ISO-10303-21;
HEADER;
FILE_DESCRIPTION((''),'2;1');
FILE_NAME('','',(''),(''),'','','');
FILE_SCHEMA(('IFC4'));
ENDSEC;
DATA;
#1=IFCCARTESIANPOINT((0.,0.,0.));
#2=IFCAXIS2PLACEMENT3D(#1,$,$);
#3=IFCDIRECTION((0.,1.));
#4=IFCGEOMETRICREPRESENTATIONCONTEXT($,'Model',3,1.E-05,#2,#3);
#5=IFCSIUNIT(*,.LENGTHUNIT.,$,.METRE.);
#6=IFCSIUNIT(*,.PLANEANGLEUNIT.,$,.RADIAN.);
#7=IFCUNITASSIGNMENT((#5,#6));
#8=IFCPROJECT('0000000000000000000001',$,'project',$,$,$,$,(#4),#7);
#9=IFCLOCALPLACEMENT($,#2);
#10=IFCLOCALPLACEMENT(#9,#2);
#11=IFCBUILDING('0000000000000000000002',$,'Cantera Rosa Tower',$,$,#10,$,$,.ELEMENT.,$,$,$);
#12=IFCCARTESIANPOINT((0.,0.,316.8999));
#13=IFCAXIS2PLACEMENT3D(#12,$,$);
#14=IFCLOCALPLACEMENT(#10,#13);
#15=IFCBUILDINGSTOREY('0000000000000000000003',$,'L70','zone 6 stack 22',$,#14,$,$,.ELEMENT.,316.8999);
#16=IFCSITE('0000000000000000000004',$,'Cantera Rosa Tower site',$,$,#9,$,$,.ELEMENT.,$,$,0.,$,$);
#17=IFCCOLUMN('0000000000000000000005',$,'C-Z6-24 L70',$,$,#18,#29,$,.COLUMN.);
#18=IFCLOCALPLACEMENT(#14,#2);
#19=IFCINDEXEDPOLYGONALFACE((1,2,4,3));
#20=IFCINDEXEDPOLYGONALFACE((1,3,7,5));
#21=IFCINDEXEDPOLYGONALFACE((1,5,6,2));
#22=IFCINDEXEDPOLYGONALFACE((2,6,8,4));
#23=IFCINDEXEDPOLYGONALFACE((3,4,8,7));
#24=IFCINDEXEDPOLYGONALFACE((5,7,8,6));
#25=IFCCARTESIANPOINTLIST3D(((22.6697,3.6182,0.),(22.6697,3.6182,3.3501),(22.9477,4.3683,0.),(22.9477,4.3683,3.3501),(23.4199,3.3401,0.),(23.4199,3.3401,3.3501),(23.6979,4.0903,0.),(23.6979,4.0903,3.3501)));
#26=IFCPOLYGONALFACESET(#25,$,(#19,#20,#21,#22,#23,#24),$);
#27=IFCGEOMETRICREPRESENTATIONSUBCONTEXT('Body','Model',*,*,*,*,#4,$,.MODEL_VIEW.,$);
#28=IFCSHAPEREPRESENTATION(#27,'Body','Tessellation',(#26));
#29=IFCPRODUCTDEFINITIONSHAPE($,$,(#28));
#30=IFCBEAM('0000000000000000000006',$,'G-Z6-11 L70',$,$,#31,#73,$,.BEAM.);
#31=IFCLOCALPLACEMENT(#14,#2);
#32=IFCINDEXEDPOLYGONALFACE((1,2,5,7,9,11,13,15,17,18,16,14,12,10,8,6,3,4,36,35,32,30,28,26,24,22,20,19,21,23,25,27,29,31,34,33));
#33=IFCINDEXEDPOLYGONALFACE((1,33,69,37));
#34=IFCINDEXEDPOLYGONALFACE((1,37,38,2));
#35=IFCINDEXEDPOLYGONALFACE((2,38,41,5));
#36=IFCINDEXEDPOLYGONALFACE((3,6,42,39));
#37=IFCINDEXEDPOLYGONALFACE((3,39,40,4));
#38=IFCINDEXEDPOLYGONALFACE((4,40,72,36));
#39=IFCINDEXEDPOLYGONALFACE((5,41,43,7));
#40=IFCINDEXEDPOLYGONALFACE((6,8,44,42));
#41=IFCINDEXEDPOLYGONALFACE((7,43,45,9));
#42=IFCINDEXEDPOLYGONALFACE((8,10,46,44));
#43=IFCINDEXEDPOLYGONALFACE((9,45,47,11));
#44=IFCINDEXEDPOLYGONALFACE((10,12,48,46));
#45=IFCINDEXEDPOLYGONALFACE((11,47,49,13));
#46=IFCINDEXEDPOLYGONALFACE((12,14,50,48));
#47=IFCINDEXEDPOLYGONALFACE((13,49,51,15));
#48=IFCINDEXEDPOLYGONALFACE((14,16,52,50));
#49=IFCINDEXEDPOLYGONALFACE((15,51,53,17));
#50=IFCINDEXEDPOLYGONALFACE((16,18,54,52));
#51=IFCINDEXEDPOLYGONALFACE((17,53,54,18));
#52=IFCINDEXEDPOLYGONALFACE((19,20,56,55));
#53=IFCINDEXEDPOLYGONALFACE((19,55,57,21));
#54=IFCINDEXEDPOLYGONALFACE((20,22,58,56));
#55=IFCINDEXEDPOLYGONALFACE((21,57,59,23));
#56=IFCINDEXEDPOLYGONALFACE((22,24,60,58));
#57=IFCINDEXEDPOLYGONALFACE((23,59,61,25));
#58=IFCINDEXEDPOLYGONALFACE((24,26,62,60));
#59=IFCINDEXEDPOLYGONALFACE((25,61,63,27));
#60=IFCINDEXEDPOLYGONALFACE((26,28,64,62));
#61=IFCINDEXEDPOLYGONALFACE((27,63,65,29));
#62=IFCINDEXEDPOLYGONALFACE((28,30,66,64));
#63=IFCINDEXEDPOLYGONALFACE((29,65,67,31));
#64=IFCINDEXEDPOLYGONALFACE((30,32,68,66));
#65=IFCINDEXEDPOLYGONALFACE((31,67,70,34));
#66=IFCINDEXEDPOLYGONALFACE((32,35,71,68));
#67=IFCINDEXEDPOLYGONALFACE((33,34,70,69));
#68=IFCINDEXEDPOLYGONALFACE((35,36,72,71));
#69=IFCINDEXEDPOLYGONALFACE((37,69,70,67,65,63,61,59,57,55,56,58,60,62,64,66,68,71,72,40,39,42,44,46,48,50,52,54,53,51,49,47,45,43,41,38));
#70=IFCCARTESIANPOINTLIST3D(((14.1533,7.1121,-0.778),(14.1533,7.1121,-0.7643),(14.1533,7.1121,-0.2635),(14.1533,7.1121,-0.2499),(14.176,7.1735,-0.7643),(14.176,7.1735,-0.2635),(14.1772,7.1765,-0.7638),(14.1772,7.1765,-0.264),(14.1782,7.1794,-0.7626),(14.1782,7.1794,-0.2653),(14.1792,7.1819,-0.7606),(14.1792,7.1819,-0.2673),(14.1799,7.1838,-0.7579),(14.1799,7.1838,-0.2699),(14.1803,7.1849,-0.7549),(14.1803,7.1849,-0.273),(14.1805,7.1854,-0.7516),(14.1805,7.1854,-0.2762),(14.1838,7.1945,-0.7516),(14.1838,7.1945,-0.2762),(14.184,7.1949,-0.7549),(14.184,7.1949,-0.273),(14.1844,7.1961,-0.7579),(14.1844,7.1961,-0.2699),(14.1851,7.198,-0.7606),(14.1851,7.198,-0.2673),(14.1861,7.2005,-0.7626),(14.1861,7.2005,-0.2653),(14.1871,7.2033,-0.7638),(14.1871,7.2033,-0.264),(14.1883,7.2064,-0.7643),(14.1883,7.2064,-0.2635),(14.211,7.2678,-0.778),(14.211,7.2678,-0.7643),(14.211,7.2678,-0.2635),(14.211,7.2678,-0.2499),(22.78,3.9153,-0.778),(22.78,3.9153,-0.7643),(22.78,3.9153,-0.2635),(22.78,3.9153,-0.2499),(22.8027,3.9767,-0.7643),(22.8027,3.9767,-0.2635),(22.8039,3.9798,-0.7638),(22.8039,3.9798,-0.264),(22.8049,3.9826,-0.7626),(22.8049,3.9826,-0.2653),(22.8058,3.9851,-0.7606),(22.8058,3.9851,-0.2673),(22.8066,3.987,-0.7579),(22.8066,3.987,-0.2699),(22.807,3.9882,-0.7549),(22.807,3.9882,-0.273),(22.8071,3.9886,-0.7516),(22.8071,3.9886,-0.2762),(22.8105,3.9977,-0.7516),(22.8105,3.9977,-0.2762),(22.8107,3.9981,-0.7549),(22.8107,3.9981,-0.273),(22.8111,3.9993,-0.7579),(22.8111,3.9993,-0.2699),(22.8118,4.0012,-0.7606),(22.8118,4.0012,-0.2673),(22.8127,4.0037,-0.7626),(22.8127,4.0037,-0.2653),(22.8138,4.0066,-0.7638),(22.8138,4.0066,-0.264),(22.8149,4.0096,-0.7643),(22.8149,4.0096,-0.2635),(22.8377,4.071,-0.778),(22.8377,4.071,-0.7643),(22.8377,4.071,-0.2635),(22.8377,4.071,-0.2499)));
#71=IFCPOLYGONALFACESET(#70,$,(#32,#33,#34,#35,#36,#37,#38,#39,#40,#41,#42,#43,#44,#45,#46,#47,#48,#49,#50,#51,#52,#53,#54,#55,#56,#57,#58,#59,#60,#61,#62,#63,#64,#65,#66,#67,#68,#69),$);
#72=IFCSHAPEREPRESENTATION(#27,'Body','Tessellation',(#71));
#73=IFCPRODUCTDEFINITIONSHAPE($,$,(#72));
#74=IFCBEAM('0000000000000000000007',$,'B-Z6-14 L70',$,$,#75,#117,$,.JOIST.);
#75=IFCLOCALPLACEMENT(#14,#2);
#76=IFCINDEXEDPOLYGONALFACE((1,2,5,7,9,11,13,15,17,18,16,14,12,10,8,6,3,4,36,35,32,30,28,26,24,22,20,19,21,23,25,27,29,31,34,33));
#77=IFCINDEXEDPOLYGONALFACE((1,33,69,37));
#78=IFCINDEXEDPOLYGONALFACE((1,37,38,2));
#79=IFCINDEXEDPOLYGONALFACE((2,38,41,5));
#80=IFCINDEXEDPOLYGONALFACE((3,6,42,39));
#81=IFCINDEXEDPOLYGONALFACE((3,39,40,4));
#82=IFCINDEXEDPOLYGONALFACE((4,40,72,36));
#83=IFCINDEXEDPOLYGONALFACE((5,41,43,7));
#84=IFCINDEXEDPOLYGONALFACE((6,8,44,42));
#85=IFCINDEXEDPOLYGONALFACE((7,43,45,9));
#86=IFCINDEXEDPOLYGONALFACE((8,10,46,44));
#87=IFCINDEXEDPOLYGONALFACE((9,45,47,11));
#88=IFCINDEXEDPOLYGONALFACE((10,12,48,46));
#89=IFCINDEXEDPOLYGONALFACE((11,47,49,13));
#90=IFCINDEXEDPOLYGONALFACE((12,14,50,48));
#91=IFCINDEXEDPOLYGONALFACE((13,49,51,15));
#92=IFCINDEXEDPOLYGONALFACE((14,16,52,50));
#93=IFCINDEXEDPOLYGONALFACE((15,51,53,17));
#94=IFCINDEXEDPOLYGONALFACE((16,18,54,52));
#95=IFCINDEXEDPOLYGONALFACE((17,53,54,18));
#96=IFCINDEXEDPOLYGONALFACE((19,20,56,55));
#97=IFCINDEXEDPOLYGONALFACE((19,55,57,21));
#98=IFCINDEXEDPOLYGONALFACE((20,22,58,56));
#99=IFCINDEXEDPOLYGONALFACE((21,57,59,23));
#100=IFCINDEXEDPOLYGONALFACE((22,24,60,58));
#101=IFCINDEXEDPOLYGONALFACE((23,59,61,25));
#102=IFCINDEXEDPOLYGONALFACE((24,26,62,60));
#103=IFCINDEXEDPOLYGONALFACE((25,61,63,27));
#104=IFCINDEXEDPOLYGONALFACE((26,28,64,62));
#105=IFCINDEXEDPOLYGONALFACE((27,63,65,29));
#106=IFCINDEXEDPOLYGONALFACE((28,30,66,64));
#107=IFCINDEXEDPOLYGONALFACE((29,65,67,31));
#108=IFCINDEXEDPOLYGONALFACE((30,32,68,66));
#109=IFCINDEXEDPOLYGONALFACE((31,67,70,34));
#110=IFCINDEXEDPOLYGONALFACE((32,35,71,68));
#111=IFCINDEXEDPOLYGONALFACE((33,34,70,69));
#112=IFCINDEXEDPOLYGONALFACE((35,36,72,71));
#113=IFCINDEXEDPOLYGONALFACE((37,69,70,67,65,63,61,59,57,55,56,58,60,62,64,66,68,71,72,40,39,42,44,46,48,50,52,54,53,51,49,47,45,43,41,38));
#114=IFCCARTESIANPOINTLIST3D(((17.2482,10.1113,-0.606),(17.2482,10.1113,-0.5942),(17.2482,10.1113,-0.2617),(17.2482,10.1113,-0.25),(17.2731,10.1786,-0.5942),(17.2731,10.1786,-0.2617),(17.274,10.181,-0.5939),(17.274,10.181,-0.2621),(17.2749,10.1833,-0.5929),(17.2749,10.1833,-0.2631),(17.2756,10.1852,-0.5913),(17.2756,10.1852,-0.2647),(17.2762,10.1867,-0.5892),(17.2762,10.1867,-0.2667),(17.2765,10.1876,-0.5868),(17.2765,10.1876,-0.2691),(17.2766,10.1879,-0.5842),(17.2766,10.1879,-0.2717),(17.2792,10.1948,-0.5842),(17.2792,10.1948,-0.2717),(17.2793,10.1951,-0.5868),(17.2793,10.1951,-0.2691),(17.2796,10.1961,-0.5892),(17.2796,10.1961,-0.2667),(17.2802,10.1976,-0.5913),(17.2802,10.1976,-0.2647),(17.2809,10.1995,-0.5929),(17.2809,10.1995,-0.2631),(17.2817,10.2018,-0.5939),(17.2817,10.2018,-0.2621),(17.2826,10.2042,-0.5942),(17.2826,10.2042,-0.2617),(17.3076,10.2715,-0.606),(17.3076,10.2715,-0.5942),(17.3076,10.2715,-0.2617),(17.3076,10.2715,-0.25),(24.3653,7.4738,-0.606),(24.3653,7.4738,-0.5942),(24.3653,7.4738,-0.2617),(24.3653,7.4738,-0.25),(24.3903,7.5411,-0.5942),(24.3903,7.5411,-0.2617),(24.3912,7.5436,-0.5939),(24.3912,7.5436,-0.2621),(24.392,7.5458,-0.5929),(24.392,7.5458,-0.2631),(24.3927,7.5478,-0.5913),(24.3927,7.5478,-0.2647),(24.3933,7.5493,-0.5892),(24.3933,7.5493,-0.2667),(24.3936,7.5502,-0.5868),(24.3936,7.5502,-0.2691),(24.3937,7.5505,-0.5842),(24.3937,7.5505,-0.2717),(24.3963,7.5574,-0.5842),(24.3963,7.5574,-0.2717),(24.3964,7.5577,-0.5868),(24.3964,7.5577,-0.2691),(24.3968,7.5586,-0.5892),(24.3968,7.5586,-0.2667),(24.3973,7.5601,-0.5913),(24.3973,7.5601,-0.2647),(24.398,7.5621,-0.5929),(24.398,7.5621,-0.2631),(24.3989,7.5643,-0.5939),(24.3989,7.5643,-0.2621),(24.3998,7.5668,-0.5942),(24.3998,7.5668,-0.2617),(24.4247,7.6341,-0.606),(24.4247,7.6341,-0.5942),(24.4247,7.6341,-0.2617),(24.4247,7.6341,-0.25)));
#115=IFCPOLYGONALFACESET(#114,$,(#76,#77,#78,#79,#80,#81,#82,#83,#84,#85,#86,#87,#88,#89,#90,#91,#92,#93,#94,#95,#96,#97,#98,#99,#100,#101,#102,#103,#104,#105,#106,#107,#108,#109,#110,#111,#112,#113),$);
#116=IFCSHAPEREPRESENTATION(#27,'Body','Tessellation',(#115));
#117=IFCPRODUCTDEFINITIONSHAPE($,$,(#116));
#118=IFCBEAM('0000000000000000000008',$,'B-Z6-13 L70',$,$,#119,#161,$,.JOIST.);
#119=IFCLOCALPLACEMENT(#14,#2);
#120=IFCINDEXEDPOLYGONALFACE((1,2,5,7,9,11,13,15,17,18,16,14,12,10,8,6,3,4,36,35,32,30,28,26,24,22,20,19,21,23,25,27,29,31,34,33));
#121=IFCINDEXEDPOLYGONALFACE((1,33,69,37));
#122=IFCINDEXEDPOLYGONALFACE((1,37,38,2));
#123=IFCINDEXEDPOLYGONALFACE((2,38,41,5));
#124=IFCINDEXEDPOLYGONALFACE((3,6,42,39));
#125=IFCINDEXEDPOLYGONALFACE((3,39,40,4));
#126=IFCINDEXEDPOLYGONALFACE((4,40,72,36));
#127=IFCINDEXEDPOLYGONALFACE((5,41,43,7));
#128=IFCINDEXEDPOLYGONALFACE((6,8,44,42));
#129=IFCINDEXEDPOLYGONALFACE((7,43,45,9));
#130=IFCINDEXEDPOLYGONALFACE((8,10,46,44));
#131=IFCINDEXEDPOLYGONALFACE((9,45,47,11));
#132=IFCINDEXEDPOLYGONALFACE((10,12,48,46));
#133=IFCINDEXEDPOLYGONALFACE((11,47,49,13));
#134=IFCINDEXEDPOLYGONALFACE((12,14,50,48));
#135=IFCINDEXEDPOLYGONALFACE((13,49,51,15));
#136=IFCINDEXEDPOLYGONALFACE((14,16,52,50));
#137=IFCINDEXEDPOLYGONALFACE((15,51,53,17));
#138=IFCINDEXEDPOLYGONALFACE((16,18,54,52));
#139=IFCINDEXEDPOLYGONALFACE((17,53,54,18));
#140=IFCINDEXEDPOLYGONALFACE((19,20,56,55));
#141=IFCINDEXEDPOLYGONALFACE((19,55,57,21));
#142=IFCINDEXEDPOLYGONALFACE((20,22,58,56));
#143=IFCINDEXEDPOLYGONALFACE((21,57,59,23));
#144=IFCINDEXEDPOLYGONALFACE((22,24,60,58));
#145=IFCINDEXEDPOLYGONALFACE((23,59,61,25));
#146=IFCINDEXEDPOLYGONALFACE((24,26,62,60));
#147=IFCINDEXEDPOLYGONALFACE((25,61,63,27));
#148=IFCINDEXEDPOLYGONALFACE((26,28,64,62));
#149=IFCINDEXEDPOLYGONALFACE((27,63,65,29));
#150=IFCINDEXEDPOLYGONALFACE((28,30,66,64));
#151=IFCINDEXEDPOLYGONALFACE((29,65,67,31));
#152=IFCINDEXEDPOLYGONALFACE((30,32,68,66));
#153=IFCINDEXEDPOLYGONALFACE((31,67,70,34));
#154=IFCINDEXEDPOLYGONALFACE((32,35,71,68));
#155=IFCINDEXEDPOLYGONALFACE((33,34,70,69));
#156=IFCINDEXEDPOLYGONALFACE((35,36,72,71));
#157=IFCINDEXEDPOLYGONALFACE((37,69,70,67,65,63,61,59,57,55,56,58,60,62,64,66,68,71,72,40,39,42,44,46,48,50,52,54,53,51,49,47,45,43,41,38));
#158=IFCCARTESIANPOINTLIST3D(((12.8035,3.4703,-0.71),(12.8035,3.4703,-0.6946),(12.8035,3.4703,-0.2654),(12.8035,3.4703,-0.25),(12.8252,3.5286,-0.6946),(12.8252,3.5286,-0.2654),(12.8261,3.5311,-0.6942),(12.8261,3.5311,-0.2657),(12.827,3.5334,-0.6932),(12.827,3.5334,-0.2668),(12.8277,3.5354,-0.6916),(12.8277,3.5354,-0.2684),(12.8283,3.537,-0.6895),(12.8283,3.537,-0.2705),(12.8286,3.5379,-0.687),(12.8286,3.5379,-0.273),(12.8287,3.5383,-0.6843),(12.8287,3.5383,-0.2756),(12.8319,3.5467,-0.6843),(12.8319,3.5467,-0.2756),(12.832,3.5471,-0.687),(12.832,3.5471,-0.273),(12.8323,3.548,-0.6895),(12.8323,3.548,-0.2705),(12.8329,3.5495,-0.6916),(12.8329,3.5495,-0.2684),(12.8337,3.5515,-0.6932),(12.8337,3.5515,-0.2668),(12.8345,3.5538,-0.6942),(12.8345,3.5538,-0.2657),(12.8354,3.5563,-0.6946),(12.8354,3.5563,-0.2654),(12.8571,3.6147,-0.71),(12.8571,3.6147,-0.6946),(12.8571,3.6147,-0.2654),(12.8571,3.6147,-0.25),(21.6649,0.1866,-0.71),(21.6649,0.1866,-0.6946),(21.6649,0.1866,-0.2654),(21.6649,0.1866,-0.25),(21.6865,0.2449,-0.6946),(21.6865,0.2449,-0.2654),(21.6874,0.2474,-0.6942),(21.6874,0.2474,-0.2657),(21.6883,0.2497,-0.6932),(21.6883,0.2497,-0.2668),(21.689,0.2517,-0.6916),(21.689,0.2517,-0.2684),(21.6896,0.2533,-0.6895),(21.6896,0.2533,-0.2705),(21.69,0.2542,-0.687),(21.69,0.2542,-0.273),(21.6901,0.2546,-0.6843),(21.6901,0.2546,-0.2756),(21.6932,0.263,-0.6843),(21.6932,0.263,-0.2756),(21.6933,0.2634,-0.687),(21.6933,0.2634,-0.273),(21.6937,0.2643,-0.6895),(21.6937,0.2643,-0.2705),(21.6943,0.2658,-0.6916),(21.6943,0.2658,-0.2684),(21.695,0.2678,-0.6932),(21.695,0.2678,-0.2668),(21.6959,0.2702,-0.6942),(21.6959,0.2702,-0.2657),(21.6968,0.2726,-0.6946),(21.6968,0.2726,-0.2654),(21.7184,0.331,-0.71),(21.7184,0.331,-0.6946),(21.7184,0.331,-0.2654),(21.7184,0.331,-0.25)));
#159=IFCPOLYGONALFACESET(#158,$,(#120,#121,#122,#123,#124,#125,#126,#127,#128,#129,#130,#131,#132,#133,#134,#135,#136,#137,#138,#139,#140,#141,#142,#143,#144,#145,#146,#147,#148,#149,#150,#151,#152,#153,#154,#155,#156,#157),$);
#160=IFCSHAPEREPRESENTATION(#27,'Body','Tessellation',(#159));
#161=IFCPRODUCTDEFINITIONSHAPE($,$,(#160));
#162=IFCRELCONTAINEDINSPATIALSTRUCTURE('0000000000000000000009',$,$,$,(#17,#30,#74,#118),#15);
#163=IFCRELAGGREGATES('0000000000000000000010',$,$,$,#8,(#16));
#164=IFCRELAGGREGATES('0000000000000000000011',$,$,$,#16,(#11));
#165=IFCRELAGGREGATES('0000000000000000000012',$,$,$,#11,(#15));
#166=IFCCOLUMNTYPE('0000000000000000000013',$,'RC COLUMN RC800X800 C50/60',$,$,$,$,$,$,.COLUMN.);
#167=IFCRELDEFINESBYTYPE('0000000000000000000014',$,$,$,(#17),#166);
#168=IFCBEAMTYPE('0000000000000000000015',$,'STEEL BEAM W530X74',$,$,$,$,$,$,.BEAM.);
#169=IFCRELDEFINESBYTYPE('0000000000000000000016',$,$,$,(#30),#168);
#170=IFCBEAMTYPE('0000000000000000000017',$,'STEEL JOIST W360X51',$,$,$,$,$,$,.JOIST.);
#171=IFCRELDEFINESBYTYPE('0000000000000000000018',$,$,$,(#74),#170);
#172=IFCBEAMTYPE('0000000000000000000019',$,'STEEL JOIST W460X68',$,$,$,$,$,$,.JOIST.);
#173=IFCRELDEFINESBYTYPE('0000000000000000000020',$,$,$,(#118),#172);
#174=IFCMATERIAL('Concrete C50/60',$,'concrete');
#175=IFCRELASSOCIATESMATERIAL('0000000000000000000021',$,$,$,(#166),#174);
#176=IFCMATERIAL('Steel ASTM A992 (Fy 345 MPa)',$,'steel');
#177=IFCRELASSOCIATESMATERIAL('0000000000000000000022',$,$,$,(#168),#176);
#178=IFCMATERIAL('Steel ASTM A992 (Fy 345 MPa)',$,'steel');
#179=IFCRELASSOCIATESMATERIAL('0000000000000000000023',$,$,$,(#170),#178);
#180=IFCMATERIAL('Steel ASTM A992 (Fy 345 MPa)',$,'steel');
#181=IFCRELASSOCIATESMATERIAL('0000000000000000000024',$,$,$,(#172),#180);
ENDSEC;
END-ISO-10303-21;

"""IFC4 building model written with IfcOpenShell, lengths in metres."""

from ifc_helpers import new_model, si_unit, direction, frame, origin, origin_2d, place, context, subcontext, project, spatial, rectangle, i_section, extrude, material, material_profile, profile_set, type_object, element, save


model = new_model("IFC4")

# Units and contexts
model_context = context("Model", 3, precision=1e-05, world=origin(), true_north=direction((0.0, 1.0)))
body_context = subcontext(model_context, "Body", "Model", "MODEL_VIEW")
ifc_project = project(units=[si_unit("LENGTHUNIT", "METRE"), si_unit("PLANEANGLEUNIT", "RADIAN")], contexts=[model_context])

# Site, building, storey
site_placement = place(None, origin())
site = spatial("IfcSite", under=ifc_project, at=site_placement, Name="Cantera Rosa Tower site", CompositionType="ELEMENT", RefElevation=0.0)
building_placement = place(site_placement, origin())
building = spatial("IfcBuilding", under=site, at=building_placement, Name="Cantera Rosa Tower", CompositionType="ELEMENT")
storey_placement = place(building_placement, frame((0.0, 0.0, 316.8999)))
storey = spatial("IfcBuildingStorey", under=building, at=storey_placement, Name="L70", Description="zone 6 stack 22", CompositionType="ELEMENT", Elevation=316.8999)

# Column
ifc_material_1 = material(Name="Concrete C50/60", Category="concrete")
ifc_material_profile_1 = material_profile(ifc_material_1, rectangle(XDim=0.8, YDim=0.8, at=origin_2d()), Name="RC COLUMN RC800X800 C50/60")
ifc_profile_set_1 = profile_set([ifc_material_profile_1], Name="Concrete C50/60")
column_type = type_object("IfcColumnType", Name="RC COLUMN RC800X800 C50/60", PredefinedType="COLUMN", material=ifc_profile_set_1)
column_placement = place(storey_placement, frame((23.1838, 3.8542, 0.0), z_axis=(0.0, 0.0, 1.0), x_axis=(0.347481, 0.937687, 0.0)))
element("IfcColumn", 1, at=column_placement, inside=storey, type_object=column_type, Name="C-Z6-24 L70", PredefinedType="COLUMN", context=body_context, shape_type="SweptSolid", body=[
    extrude(rectangle(XDim=0.8, YDim=0.8, at=origin_2d()), origin(), (0.0, 0.0, 1.0), 3.3501),
])

# Beams
ifc_material_2 = material(Name="Steel ASTM A992 (Fy 345 MPa)", Category="steel")
ifc_material_profile_2 = material_profile(ifc_material_2, i_section(OverallWidth=0.166, OverallDepth=0.5281, WebThickness=0.0098, FlangeThickness=0.0137, FilletRadius=0.0127, at=origin_2d()), Name="W530X74")
ifc_profile_set_2 = profile_set([ifc_material_profile_2], Name="Steel ASTM A992 (Fy 345 MPa)")
beam_type_1 = type_object("IfcBeamType", Name="STEEL BEAM W530X74", PredefinedType="BEAM", material=ifc_profile_set_2)
beam_1_placement = place(storey_placement, frame((22.8088, 3.9932, -0.5139), z_axis=(-0.937689, 0.347477, 0.0), x_axis=(-0.347477, -0.937689, 0.0)))
element("IfcBeam", 2, at=beam_1_placement, inside=storey, type_object=beam_type_1, Name="G-Z6-11 L70", PredefinedType="BEAM", context=body_context, shape_type="SweptSolid", body=[
    extrude(i_section(OverallWidth=0.166, OverallDepth=0.5281, WebThickness=0.0098, FlangeThickness=0.0137, FilletRadius=0.0127, at=origin_2d()), origin(), (0.0, 0.0, 1.0), 9.2),
])
ifc_material_3 = material(Name="Steel ASTM A992 (Fy 345 MPa)", Category="steel")
ifc_material_profile_3 = material_profile(ifc_material_3, i_section(OverallWidth=0.1709, OverallDepth=0.356, WebThickness=0.0073, FlangeThickness=0.0117, FilletRadius=0.01, at=origin_2d()), Name="W360X51")
ifc_profile_set_3 = profile_set([ifc_material_profile_3], Name="Steel ASTM A992 (Fy 345 MPa)")
beam_type_2 = type_object("IfcBeamType", Name="STEEL JOIST W360X51", PredefinedType="JOIST", material=ifc_profile_set_3)
beam_2_placement = place(storey_placement, frame((24.395, 7.554, -0.428), z_axis=(-0.937686, 0.347483, 0.0), x_axis=(-0.347483, -0.937686, 0.0)))
element("IfcBeam", 3, at=beam_2_placement, inside=storey, type_object=beam_type_2, Name="B-Z6-14 L70", PredefinedType="JOIST", context=body_context, shape_type="SweptSolid", body=[
    extrude(i_section(OverallWidth=0.1709, OverallDepth=0.356, WebThickness=0.0073, FlangeThickness=0.0117, FilletRadius=0.01, at=origin_2d()), origin(), (0.0, 0.0, 1.0), 7.5901),
])
ifc_material_4 = material(Name="Steel ASTM A992 (Fy 345 MPa)", Category="steel")
ifc_material_profile_4 = material_profile(ifc_material_4, i_section(OverallWidth=0.1541, OverallDepth=0.46, WebThickness=0.009, FlangeThickness=0.0154, FilletRadius=0.0103, at=origin_2d()), Name="W460X68")
ifc_profile_set_4 = profile_set([ifc_material_profile_4], Name="Steel ASTM A992 (Fy 345 MPa)")
beam_type_3 = type_object("IfcBeamType", Name="STEEL JOIST W460X68", PredefinedType="JOIST", material=ifc_profile_set_4)
beam_3_placement = place(storey_placement, frame((21.6917, 0.2588, -0.48), z_axis=(-0.93769, 0.347474, 0.0), x_axis=(-0.347474, -0.93769, 0.0)))
element("IfcBeam", 4, at=beam_3_placement, inside=storey, type_object=beam_type_3, Name="B-Z6-13 L70", PredefinedType="JOIST", context=body_context, shape_type="SweptSolid", body=[
    extrude(i_section(OverallWidth=0.1541, OverallDepth=0.46, WebThickness=0.009, FlangeThickness=0.0154, FilletRadius=0.0103, at=origin_2d()), origin(), (0.0, 0.0, 1.0), 9.4502),
])

save(model, "model.ifc")
